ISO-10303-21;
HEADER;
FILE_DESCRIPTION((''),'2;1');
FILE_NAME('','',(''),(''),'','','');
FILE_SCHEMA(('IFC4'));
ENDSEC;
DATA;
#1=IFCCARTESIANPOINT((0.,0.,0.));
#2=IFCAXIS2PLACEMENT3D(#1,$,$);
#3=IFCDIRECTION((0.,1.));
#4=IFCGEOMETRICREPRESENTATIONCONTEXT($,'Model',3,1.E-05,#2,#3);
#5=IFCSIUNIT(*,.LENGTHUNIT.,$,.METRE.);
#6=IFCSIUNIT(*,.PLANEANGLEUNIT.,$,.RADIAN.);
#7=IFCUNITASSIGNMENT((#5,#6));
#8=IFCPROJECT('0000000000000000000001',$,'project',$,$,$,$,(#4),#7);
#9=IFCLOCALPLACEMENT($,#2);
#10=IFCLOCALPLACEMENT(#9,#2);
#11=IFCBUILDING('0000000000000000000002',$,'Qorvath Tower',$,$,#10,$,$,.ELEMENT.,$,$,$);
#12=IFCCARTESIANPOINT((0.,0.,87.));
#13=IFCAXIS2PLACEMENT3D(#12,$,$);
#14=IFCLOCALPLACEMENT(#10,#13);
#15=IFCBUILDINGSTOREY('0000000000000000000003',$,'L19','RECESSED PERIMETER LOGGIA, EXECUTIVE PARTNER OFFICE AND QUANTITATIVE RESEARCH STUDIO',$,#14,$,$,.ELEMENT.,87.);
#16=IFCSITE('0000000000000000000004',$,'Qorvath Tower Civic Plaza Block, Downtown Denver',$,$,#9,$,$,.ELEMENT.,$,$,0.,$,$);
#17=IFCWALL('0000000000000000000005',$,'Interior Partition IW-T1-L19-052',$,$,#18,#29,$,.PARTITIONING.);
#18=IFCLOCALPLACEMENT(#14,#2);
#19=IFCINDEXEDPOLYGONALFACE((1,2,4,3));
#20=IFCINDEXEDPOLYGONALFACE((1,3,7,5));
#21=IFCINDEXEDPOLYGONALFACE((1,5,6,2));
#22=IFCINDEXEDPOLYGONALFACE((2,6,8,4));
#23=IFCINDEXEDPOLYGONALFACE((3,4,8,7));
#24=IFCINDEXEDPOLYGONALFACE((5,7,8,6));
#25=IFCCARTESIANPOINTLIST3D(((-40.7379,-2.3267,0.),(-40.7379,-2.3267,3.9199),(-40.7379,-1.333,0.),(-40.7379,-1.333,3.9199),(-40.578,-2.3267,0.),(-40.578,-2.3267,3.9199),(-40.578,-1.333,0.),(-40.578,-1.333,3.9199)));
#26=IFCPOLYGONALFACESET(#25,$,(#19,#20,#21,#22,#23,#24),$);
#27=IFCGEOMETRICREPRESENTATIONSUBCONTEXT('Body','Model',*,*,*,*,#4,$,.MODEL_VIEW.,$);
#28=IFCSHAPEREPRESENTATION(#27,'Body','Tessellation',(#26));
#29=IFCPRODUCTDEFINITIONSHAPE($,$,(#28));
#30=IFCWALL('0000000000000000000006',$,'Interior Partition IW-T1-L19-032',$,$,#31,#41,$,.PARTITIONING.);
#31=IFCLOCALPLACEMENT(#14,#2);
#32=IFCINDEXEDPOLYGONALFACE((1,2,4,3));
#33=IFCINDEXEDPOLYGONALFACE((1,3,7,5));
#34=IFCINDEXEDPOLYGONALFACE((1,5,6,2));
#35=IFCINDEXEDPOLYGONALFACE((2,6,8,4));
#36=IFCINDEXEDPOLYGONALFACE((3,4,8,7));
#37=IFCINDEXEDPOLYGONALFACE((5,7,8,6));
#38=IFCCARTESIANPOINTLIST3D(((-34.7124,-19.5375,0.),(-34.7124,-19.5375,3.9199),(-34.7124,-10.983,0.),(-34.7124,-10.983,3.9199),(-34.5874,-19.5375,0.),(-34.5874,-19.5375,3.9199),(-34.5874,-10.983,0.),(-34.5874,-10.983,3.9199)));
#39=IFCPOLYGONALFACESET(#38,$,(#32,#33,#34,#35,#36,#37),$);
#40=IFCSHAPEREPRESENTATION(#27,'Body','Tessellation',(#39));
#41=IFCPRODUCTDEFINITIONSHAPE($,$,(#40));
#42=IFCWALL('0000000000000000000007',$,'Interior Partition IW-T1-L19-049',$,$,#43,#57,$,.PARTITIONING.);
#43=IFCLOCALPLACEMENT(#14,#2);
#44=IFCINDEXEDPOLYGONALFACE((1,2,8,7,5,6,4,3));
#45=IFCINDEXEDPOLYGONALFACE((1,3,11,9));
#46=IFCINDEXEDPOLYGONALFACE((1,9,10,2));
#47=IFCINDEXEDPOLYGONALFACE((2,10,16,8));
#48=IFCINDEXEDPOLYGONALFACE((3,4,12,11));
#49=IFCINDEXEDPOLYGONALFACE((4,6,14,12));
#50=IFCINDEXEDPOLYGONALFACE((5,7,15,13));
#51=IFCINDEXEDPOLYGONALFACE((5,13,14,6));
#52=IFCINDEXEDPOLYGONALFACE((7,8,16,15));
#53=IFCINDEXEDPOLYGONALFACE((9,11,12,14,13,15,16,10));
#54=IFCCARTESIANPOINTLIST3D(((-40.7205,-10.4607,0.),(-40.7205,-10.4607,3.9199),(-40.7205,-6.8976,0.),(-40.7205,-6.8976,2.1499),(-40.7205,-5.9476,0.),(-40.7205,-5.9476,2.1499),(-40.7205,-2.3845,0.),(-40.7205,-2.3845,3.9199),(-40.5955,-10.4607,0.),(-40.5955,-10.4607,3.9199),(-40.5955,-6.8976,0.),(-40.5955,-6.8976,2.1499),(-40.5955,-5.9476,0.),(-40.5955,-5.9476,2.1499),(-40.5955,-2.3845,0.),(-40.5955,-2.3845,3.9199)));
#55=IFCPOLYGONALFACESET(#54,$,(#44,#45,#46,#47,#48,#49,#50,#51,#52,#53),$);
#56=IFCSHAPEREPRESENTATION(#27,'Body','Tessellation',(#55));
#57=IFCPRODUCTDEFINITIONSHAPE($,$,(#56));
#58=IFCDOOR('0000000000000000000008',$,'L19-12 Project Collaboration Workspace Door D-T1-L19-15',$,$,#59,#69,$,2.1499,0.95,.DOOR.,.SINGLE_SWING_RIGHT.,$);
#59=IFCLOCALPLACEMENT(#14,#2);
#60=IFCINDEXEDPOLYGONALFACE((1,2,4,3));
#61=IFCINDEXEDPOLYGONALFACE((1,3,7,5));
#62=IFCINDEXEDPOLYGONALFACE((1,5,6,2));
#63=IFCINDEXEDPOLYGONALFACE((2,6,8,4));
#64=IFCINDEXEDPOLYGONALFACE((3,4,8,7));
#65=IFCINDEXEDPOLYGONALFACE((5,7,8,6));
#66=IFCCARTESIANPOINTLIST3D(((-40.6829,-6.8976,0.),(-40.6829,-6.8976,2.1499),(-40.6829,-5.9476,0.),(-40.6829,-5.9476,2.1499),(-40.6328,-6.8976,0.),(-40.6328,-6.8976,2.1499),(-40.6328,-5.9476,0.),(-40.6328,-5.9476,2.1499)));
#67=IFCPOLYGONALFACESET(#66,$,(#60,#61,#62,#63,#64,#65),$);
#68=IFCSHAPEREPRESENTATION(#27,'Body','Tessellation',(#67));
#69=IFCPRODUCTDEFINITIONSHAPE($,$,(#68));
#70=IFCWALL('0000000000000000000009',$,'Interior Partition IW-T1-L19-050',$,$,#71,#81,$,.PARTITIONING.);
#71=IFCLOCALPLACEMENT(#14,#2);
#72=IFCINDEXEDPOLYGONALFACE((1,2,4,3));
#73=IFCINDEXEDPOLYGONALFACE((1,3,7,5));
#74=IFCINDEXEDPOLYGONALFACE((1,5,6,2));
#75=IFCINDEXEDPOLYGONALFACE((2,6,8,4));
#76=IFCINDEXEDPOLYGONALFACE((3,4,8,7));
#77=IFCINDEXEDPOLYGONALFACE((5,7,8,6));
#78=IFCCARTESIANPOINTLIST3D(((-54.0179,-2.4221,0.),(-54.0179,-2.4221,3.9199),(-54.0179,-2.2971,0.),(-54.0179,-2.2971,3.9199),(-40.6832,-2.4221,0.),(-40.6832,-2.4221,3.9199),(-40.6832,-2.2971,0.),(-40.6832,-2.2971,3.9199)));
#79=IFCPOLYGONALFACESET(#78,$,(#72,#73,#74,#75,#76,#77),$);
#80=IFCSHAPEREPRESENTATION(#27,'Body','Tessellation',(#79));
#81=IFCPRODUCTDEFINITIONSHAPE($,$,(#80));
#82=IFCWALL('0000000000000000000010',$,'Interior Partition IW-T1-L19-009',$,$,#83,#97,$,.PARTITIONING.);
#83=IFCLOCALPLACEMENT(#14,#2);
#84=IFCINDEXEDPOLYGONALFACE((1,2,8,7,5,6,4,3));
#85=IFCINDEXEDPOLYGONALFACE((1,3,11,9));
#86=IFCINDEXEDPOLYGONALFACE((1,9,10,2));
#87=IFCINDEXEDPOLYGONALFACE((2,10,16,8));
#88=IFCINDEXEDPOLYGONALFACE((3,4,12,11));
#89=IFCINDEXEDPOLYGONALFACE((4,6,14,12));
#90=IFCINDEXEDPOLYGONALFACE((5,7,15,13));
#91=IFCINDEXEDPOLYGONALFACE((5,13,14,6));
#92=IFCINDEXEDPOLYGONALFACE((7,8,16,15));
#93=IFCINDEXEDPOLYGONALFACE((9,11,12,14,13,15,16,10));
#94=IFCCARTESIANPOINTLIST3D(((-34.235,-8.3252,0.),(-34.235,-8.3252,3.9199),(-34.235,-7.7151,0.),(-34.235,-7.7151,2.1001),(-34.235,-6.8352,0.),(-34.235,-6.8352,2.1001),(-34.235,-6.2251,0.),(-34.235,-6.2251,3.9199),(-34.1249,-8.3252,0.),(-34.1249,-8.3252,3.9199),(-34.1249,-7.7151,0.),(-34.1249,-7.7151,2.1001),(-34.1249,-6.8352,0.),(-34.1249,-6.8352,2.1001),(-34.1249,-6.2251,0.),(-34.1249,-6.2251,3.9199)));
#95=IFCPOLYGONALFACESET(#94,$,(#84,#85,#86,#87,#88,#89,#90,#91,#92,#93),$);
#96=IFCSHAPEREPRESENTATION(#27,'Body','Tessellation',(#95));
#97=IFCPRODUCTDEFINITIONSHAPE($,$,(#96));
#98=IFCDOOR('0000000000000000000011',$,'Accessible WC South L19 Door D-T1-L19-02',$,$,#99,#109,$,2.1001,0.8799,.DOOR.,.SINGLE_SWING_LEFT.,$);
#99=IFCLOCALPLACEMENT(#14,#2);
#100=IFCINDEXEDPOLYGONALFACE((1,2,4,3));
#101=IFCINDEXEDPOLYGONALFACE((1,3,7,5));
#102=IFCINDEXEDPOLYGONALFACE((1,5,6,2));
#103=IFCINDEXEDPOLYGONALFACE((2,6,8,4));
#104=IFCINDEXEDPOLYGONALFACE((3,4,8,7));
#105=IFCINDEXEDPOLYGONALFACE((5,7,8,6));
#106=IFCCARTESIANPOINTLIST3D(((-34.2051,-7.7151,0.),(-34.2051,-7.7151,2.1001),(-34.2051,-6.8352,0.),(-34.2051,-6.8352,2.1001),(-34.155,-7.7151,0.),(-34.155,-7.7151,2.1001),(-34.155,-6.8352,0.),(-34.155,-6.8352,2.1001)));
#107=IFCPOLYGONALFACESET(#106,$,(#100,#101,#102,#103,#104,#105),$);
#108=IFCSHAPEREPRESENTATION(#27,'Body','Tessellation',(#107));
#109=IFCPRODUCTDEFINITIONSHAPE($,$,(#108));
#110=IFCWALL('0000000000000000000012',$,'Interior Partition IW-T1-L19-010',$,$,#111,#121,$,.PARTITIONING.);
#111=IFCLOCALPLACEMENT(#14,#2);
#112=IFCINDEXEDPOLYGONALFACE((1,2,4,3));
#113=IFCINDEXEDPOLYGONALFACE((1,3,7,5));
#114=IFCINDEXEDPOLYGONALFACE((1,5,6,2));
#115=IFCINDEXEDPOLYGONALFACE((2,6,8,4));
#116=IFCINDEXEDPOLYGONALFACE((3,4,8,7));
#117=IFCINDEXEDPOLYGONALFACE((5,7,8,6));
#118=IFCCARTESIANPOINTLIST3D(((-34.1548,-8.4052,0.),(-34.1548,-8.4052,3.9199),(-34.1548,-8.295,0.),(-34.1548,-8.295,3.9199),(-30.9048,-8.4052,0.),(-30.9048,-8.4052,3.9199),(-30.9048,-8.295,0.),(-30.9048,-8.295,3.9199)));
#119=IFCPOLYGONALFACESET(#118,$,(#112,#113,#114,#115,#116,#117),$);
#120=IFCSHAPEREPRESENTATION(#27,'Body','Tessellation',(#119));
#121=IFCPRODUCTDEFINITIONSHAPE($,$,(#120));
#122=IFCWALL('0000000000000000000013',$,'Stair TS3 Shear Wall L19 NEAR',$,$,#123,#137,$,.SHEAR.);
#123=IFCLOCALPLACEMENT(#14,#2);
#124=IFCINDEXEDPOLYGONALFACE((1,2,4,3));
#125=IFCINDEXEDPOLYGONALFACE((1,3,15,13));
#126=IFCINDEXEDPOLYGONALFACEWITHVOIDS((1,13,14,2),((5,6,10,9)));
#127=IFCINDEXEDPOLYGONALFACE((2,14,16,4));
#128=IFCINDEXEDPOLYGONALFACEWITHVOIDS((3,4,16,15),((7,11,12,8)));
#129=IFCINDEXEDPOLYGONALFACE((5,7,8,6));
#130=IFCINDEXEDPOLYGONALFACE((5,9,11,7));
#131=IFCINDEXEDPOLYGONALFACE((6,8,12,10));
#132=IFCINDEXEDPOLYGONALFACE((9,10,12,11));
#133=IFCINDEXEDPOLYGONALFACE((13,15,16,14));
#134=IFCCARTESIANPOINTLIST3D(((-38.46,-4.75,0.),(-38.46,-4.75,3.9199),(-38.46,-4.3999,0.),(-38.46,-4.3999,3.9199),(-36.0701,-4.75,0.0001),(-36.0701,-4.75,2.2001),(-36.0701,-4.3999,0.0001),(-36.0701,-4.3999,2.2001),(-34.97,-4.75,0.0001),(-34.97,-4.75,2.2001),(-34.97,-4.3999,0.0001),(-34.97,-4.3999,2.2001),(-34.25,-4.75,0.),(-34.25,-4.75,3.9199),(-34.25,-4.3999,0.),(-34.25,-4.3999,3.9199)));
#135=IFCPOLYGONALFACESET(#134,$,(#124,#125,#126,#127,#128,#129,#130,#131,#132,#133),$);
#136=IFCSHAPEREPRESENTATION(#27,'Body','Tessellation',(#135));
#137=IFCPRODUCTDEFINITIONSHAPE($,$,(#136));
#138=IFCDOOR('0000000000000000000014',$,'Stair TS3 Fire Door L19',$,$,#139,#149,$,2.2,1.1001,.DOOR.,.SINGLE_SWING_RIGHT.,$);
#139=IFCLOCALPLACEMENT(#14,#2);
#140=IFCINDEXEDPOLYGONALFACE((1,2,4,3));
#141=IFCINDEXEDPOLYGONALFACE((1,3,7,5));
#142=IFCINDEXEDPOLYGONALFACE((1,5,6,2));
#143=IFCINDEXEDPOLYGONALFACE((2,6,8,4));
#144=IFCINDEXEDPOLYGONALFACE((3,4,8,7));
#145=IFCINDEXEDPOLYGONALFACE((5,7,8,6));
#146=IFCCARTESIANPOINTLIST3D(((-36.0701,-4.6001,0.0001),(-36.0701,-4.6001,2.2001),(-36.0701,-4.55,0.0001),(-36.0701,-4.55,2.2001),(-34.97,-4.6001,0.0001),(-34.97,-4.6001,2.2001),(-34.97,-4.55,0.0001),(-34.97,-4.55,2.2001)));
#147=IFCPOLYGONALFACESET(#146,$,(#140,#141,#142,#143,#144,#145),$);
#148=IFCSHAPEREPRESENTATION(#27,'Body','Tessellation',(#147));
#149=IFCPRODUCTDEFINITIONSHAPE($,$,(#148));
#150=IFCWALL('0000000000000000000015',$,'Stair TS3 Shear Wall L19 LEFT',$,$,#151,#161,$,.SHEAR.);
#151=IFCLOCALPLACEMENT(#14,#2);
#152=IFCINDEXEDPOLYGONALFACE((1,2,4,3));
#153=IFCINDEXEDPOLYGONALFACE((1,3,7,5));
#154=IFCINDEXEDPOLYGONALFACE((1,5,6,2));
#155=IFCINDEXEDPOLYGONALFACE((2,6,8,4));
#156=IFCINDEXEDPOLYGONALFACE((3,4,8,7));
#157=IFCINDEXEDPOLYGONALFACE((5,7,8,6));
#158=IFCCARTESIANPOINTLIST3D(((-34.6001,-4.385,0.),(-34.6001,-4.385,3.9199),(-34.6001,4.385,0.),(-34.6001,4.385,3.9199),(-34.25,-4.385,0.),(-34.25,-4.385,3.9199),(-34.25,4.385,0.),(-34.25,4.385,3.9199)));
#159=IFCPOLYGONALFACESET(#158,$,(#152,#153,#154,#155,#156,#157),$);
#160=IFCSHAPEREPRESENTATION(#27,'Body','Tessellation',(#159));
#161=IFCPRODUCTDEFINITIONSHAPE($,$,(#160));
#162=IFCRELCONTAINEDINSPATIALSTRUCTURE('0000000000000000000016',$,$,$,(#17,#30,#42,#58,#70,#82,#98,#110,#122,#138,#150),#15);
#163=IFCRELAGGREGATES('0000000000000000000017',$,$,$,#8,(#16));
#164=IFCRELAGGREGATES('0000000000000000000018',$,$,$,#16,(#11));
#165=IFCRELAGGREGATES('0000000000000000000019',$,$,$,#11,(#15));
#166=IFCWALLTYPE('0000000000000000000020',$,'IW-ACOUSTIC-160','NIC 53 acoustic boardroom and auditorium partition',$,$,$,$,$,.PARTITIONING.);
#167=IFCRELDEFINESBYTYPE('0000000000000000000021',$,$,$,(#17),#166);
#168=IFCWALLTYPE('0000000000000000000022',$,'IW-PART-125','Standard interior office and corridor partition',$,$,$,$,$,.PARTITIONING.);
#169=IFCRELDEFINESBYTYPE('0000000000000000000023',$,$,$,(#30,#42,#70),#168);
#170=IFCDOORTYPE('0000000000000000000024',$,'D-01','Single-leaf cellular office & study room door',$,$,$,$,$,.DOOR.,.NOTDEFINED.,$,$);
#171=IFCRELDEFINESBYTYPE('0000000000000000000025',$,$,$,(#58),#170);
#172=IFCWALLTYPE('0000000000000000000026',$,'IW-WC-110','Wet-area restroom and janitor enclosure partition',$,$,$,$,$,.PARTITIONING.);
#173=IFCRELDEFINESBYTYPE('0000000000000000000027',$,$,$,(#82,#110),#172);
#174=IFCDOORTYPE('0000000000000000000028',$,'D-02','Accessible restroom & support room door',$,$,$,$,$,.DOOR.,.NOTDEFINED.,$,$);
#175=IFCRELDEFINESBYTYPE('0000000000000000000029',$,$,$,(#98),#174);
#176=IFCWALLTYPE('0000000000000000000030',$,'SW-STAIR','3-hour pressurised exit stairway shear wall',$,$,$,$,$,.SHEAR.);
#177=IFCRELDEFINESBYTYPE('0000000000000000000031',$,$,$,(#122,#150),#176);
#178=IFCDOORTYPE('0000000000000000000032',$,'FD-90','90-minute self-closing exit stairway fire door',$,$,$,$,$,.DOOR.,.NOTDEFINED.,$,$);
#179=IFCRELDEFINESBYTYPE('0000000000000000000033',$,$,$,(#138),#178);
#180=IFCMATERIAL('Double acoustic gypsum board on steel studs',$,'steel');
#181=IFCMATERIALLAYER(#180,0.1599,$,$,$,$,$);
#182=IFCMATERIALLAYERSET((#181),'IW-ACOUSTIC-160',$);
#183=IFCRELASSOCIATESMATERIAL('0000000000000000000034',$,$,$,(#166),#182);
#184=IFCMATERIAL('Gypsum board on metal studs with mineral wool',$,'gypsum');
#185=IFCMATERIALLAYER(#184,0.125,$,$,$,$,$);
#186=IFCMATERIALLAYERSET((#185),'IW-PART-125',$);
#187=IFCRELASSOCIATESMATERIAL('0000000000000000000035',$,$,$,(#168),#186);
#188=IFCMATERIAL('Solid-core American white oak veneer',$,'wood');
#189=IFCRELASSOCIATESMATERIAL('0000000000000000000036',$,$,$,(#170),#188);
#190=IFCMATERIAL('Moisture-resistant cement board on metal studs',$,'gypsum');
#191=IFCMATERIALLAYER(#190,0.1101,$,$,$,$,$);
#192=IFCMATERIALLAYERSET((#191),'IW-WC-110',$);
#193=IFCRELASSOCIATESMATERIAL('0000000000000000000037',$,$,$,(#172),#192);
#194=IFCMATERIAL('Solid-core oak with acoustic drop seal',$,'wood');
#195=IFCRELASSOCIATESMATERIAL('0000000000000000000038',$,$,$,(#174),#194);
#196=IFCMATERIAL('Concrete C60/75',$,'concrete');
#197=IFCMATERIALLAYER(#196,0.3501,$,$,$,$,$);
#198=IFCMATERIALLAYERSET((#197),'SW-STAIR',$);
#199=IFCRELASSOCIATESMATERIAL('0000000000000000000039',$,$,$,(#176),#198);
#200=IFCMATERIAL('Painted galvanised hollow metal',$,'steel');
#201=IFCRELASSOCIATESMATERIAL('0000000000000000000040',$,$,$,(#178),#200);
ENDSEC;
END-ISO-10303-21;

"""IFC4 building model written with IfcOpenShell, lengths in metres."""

from ifc_helpers import new_model, si_unit, direction, frame, frame_2d, origin, place, context, subcontext, project, spatial, rectangle, extrude, material, layer, layer_set, type_object, element, fill, save


model = new_model("IFC4")

# Units and contexts
model_context = context("Model", 3, precision=1e-05, world=origin(), true_north=direction((0.0, 1.0)))
body_context = subcontext(model_context, "Body", "Model", "MODEL_VIEW")
ifc_project = project(units=[si_unit("LENGTHUNIT", "METRE"), si_unit("PLANEANGLEUNIT", "RADIAN")], contexts=[model_context])

# Site, building, storey
site_placement = place(None, origin())
site = spatial("IfcSite", under=ifc_project, at=site_placement, Name="Qorvath Tower Civic Plaza Block, Downtown Denver", CompositionType="ELEMENT", RefElevation=0.0)
building_placement = place(site_placement, origin())
building = spatial("IfcBuilding", under=site, at=building_placement, Name="Qorvath Tower", CompositionType="ELEMENT")
storey_placement = place(building_placement, frame((0.0, 0.0, 87.0)))
storey = spatial("IfcBuildingStorey", under=building, at=storey_placement, Name="L19", Description="RECESSED PERIMETER LOGGIA, EXECUTIVE PARTNER OFFICE AND QUANTITATIVE RESEARCH STUDIO", CompositionType="ELEMENT", Elevation=87.0)

# Shared definitions
ifc_material_1 = material(Name="Double acoustic gypsum board on steel studs", Category="steel")
ifc_layer_1 = layer(ifc_material_1, 0.1599)
ifc_layer_set_1 = layer_set([ifc_layer_1], Name="IW-ACOUSTIC-160")
wall_type_1 = type_object("IfcWallType", Name="IW-ACOUSTIC-160", Description="NIC 53 acoustic boardroom and auditorium partition", PredefinedType="PARTITIONING", material=ifc_layer_set_1)

# Walls
wall_1_placement = place(storey_placement, frame((-40.658, -2.3267, 0.0), z_axis=(0.0, 0.0, 1.0), x_axis=(0.0, 1.0, 0.0)))
element("IfcWall", 1, at=wall_1_placement, inside=storey, type_object=wall_type_1, Name="Interior Partition IW-T1-L19-052", PredefinedType="PARTITIONING", context=body_context, shape_type="SweptSolid", body=[
    extrude(rectangle(XDim=0.9937, YDim=0.1599, at=frame_2d((0.4968, 0.0))), origin(), (0.0, 0.0, 1.0), 3.9199),
])
ifc_material_2 = material(Name="Gypsum board on metal studs with mineral wool", Category="gypsum")
ifc_layer_2 = layer(ifc_material_2, 0.125)
ifc_layer_set_2 = layer_set([ifc_layer_2], Name="IW-PART-125")
wall_type_2 = type_object("IfcWallType", Name="IW-PART-125", Description="Standard interior office and corridor partition", PredefinedType="PARTITIONING", material=ifc_layer_set_2)
wall_2_placement = place(storey_placement, frame((-34.6499, -10.9829, 0.0), z_axis=(0.0, 0.0, 1.0), x_axis=(0.0, -1.0, 0.0)))
element("IfcWall", 2, at=wall_2_placement, inside=storey, type_object=wall_type_2, Name="Interior Partition IW-T1-L19-032", PredefinedType="PARTITIONING", context=body_context, shape_type="SweptSolid", body=[
    extrude(rectangle(XDim=8.5544, YDim=0.125, at=frame_2d((4.2773, 0.0))), origin(), (0.0, 0.0, 1.0), 3.9199),
])

# Wall, opening, door
wall_3_placement = place(storey_placement, frame((-40.658, -10.4607, 0.0), z_axis=(0.0, 0.0, 1.0), x_axis=(0.0, 1.0, 0.0)))
wall_3 = element("IfcWall", 3, at=wall_3_placement, inside=storey, type_object=wall_type_2, Name="Interior Partition IW-T1-L19-049", PredefinedType="PARTITIONING", context=body_context, shape_type="SweptSolid", body=[
    extrude(rectangle(XDim=8.0762, YDim=0.125, at=frame_2d((4.0381, 0.0))), origin(), (0.0, 0.0, 1.0), 3.9199),
])
opening_1_placement = place(wall_3_placement, frame((3.563, 0.0, 0.0)))
opening_1 = element("IfcOpeningElement", 4, at=opening_1_placement, cuts=wall_3, PredefinedType="OPENING", context=body_context, shape_type="SweptSolid", body=[
    extrude(rectangle(XDim=0.95, YDim=2.1499, at=frame_2d((0.4751, 1.075))), frame((0.0, 0.0725, 0.0), z_axis=(0.0, -1.0, 0.0), x_axis=(1.0, 0.0, 0.0)), (0.0, 0.0, 1.0), 0.145),
])
ifc_material_3 = material(Name="Solid-core American white oak veneer", Category="wood")
door_type_1 = type_object("IfcDoorType", Name="D-01", Description="Single-leaf cellular office & study room door", OperationType="NOTDEFINED", PredefinedType="DOOR", material=ifc_material_3)
door_1_placement = place(opening_1_placement, origin())
door_1 = element("IfcDoor", 5, at=door_1_placement, inside=storey, type_object=door_type_1, Name="L19-12 Project Collaboration Workspace Door D-T1-L19-15", OperationType="SINGLE_SWING_RIGHT", OverallHeight=2.1499, OverallWidth=0.95, PredefinedType="DOOR", context=body_context, shape_type="SweptSolid", body=[
    extrude(rectangle(XDim=0.95, YDim=2.1499, at=frame_2d((0.4751, 1.075))), frame((0.0, 0.0249, 0.0), z_axis=(0.0, -1.0, 0.0), x_axis=(1.0, 0.0, 0.0)), (0.0, 0.0, 1.0), 0.05),
])
fill(opening_1, door_1)

# Wall
wall_4_placement = place(storey_placement, frame((-40.6831, -2.3596, 0.0), z_axis=(0.0, 0.0, 1.0), x_axis=(-1.0, 0.0, 0.0)))
element("IfcWall", 6, at=wall_4_placement, inside=storey, type_object=wall_type_2, Name="Interior Partition IW-T1-L19-050", PredefinedType="PARTITIONING", context=body_context, shape_type="SweptSolid", body=[
    extrude(rectangle(XDim=13.3347, YDim=0.125, at=frame_2d((6.6675, 0.0))), origin(), (0.0, 0.0, 1.0), 3.9199),
])

# Wall, opening, door
ifc_material_4 = material(Name="Moisture-resistant cement board on metal studs", Category="gypsum")
ifc_layer_3 = layer(ifc_material_4, 0.1101)
ifc_layer_set_3 = layer_set([ifc_layer_3], Name="IW-WC-110")
wall_type_3 = type_object("IfcWallType", Name="IW-WC-110", Description="Wet-area restroom and janitor enclosure partition", PredefinedType="PARTITIONING", material=ifc_layer_set_3)
wall_5_placement = place(storey_placement, frame((-34.1799, -6.2251, 0.0), z_axis=(0.0, 0.0, 1.0), x_axis=(0.0, -1.0, 0.0)))
wall_5 = element("IfcWall", 7, at=wall_5_placement, inside=storey, type_object=wall_type_3, Name="Interior Partition IW-T1-L19-009", PredefinedType="PARTITIONING", context=body_context, shape_type="SweptSolid", body=[
    extrude(rectangle(XDim=2.1001, YDim=0.1101, at=frame_2d((1.05, 0.0))), origin(), (0.0, 0.0, 1.0), 3.9199),
])
opening_2_placement = place(wall_5_placement, frame((0.6101, 0.0, 0.0)))
opening_2 = element("IfcOpeningElement", 8, at=opening_2_placement, cuts=wall_5, PredefinedType="OPENING", context=body_context, shape_type="SweptSolid", body=[
    extrude(rectangle(XDim=0.8799, YDim=2.1001, at=frame_2d((0.4399, 1.05))), frame((0.0, 0.0649, 0.0), z_axis=(0.0, -1.0, 0.0), x_axis=(1.0, 0.0, 0.0)), (0.0, 0.0, 1.0), 0.1301),
])
ifc_material_5 = material(Name="Solid-core oak with acoustic drop seal", Category="wood")
door_type_2 = type_object("IfcDoorType", Name="D-02", Description="Accessible restroom & support room door", OperationType="NOTDEFINED", PredefinedType="DOOR", material=ifc_material_5)
door_2_placement = place(opening_2_placement, origin())
door_2 = element("IfcDoor", 9, at=door_2_placement, inside=storey, type_object=door_type_2, Name="Accessible WC South L19 Door D-T1-L19-02", OperationType="SINGLE_SWING_LEFT", OverallHeight=2.1001, OverallWidth=0.8799, PredefinedType="DOOR", context=body_context, shape_type="SweptSolid", body=[
    extrude(rectangle(XDim=0.8799, YDim=2.1001, at=frame_2d((0.4399, 1.05))), frame((0.0, 0.0249, 0.0), z_axis=(0.0, -1.0, 0.0), x_axis=(1.0, 0.0, 0.0)), (0.0, 0.0, 1.0), 0.05),
])
fill(opening_2, door_2)

# Wall
wall_6_placement = place(storey_placement, frame((-34.1548, -8.3501, 0.0), z_axis=(0.0, 0.0, 1.0), x_axis=(1.0, 0.0, 0.0)))
element("IfcWall", 10, at=wall_6_placement, inside=storey, type_object=wall_type_3, Name="Interior Partition IW-T1-L19-010", PredefinedType="PARTITIONING", context=body_context, shape_type="SweptSolid", body=[
    extrude(rectangle(XDim=3.25, YDim=0.1101, at=frame_2d((1.625, 0.0))), origin(), (0.0, 0.0, 1.0), 3.9199),
])

# Wall, opening, door
ifc_material_6 = material(Name="Concrete C60/75", Category="concrete")
ifc_layer_4 = layer(ifc_material_6, 0.3501)
ifc_layer_set_4 = layer_set([ifc_layer_4], Name="SW-STAIR")
wall_type_4 = type_object("IfcWallType", Name="SW-STAIR", Description="3-hour pressurised exit stairway shear wall", PredefinedType="SHEAR", material=ifc_layer_set_4)
wall_7_placement = place(storey_placement, frame((-38.46, -4.575, 0.0), z_axis=(0.0, 0.0, 1.0), x_axis=(1.0, 0.0, 0.0)))
wall_7 = element("IfcWall", 11, at=wall_7_placement, inside=storey, type_object=wall_type_4, Name="Stair TS3 Shear Wall L19 NEAR", PredefinedType="SHEAR", context=body_context, shape_type="SweptSolid", body=[
    extrude(rectangle(XDim=4.21, YDim=0.3501, at=frame_2d((2.105, 0.0))), origin(), (0.0, 0.0, 1.0), 3.9199),
])
opening_3_placement = place(wall_7_placement, frame((2.3899, 0.0, 0.0)))
opening_3 = element("IfcOpeningElement", 12, at=opening_3_placement, cuts=wall_7, PredefinedType="OPENING", context=body_context, shape_type="SweptSolid", body=[
    extrude(rectangle(XDim=1.1001, YDim=2.2, at=frame_2d((0.55, 1.1001))), frame((0.0, 0.1851, 0.0), z_axis=(0.0, -1.0, 0.0), x_axis=(1.0, 0.0, 0.0)), (0.0, 0.0, 1.0), 0.3701),
])
ifc_material_7 = material(Name="Painted galvanised hollow metal", Category="steel")
door_type_3 = type_object("IfcDoorType", Name="FD-90", Description="90-minute self-closing exit stairway fire door", OperationType="NOTDEFINED", PredefinedType="DOOR", material=ifc_material_7)
door_3_placement = place(opening_3_placement, origin())
door_3 = element("IfcDoor", 13, at=door_3_placement, inside=storey, type_object=door_type_3, Name="Stair TS3 Fire Door L19", OperationType="SINGLE_SWING_RIGHT", OverallHeight=2.2, OverallWidth=1.1001, PredefinedType="DOOR", context=body_context, shape_type="SweptSolid", body=[
    extrude(rectangle(XDim=1.1001, YDim=2.2, at=frame_2d((0.55, 1.1001))), frame((0.0, 0.0249, 0.0), z_axis=(0.0, -1.0, 0.0), x_axis=(1.0, 0.0, 0.0)), (0.0, 0.0, 1.0), 0.05),
])
fill(opening_3, door_3)

# Wall
wall_8_placement = place(storey_placement, frame((-34.425, -4.385, 0.0), z_axis=(0.0, 0.0, 1.0), x_axis=(0.0, 1.0, 0.0)))
element("IfcWall", 14, at=wall_8_placement, inside=storey, type_object=wall_type_4, Name="Stair TS3 Shear Wall L19 LEFT", PredefinedType="SHEAR", context=body_context, shape_type="SweptSolid", body=[
    extrude(rectangle(XDim=8.77, YDim=0.3501, at=frame_2d((4.385, 0.0))), origin(), (0.0, 0.0, 1.0), 3.9199),
])

save(model, "model.ifc")
